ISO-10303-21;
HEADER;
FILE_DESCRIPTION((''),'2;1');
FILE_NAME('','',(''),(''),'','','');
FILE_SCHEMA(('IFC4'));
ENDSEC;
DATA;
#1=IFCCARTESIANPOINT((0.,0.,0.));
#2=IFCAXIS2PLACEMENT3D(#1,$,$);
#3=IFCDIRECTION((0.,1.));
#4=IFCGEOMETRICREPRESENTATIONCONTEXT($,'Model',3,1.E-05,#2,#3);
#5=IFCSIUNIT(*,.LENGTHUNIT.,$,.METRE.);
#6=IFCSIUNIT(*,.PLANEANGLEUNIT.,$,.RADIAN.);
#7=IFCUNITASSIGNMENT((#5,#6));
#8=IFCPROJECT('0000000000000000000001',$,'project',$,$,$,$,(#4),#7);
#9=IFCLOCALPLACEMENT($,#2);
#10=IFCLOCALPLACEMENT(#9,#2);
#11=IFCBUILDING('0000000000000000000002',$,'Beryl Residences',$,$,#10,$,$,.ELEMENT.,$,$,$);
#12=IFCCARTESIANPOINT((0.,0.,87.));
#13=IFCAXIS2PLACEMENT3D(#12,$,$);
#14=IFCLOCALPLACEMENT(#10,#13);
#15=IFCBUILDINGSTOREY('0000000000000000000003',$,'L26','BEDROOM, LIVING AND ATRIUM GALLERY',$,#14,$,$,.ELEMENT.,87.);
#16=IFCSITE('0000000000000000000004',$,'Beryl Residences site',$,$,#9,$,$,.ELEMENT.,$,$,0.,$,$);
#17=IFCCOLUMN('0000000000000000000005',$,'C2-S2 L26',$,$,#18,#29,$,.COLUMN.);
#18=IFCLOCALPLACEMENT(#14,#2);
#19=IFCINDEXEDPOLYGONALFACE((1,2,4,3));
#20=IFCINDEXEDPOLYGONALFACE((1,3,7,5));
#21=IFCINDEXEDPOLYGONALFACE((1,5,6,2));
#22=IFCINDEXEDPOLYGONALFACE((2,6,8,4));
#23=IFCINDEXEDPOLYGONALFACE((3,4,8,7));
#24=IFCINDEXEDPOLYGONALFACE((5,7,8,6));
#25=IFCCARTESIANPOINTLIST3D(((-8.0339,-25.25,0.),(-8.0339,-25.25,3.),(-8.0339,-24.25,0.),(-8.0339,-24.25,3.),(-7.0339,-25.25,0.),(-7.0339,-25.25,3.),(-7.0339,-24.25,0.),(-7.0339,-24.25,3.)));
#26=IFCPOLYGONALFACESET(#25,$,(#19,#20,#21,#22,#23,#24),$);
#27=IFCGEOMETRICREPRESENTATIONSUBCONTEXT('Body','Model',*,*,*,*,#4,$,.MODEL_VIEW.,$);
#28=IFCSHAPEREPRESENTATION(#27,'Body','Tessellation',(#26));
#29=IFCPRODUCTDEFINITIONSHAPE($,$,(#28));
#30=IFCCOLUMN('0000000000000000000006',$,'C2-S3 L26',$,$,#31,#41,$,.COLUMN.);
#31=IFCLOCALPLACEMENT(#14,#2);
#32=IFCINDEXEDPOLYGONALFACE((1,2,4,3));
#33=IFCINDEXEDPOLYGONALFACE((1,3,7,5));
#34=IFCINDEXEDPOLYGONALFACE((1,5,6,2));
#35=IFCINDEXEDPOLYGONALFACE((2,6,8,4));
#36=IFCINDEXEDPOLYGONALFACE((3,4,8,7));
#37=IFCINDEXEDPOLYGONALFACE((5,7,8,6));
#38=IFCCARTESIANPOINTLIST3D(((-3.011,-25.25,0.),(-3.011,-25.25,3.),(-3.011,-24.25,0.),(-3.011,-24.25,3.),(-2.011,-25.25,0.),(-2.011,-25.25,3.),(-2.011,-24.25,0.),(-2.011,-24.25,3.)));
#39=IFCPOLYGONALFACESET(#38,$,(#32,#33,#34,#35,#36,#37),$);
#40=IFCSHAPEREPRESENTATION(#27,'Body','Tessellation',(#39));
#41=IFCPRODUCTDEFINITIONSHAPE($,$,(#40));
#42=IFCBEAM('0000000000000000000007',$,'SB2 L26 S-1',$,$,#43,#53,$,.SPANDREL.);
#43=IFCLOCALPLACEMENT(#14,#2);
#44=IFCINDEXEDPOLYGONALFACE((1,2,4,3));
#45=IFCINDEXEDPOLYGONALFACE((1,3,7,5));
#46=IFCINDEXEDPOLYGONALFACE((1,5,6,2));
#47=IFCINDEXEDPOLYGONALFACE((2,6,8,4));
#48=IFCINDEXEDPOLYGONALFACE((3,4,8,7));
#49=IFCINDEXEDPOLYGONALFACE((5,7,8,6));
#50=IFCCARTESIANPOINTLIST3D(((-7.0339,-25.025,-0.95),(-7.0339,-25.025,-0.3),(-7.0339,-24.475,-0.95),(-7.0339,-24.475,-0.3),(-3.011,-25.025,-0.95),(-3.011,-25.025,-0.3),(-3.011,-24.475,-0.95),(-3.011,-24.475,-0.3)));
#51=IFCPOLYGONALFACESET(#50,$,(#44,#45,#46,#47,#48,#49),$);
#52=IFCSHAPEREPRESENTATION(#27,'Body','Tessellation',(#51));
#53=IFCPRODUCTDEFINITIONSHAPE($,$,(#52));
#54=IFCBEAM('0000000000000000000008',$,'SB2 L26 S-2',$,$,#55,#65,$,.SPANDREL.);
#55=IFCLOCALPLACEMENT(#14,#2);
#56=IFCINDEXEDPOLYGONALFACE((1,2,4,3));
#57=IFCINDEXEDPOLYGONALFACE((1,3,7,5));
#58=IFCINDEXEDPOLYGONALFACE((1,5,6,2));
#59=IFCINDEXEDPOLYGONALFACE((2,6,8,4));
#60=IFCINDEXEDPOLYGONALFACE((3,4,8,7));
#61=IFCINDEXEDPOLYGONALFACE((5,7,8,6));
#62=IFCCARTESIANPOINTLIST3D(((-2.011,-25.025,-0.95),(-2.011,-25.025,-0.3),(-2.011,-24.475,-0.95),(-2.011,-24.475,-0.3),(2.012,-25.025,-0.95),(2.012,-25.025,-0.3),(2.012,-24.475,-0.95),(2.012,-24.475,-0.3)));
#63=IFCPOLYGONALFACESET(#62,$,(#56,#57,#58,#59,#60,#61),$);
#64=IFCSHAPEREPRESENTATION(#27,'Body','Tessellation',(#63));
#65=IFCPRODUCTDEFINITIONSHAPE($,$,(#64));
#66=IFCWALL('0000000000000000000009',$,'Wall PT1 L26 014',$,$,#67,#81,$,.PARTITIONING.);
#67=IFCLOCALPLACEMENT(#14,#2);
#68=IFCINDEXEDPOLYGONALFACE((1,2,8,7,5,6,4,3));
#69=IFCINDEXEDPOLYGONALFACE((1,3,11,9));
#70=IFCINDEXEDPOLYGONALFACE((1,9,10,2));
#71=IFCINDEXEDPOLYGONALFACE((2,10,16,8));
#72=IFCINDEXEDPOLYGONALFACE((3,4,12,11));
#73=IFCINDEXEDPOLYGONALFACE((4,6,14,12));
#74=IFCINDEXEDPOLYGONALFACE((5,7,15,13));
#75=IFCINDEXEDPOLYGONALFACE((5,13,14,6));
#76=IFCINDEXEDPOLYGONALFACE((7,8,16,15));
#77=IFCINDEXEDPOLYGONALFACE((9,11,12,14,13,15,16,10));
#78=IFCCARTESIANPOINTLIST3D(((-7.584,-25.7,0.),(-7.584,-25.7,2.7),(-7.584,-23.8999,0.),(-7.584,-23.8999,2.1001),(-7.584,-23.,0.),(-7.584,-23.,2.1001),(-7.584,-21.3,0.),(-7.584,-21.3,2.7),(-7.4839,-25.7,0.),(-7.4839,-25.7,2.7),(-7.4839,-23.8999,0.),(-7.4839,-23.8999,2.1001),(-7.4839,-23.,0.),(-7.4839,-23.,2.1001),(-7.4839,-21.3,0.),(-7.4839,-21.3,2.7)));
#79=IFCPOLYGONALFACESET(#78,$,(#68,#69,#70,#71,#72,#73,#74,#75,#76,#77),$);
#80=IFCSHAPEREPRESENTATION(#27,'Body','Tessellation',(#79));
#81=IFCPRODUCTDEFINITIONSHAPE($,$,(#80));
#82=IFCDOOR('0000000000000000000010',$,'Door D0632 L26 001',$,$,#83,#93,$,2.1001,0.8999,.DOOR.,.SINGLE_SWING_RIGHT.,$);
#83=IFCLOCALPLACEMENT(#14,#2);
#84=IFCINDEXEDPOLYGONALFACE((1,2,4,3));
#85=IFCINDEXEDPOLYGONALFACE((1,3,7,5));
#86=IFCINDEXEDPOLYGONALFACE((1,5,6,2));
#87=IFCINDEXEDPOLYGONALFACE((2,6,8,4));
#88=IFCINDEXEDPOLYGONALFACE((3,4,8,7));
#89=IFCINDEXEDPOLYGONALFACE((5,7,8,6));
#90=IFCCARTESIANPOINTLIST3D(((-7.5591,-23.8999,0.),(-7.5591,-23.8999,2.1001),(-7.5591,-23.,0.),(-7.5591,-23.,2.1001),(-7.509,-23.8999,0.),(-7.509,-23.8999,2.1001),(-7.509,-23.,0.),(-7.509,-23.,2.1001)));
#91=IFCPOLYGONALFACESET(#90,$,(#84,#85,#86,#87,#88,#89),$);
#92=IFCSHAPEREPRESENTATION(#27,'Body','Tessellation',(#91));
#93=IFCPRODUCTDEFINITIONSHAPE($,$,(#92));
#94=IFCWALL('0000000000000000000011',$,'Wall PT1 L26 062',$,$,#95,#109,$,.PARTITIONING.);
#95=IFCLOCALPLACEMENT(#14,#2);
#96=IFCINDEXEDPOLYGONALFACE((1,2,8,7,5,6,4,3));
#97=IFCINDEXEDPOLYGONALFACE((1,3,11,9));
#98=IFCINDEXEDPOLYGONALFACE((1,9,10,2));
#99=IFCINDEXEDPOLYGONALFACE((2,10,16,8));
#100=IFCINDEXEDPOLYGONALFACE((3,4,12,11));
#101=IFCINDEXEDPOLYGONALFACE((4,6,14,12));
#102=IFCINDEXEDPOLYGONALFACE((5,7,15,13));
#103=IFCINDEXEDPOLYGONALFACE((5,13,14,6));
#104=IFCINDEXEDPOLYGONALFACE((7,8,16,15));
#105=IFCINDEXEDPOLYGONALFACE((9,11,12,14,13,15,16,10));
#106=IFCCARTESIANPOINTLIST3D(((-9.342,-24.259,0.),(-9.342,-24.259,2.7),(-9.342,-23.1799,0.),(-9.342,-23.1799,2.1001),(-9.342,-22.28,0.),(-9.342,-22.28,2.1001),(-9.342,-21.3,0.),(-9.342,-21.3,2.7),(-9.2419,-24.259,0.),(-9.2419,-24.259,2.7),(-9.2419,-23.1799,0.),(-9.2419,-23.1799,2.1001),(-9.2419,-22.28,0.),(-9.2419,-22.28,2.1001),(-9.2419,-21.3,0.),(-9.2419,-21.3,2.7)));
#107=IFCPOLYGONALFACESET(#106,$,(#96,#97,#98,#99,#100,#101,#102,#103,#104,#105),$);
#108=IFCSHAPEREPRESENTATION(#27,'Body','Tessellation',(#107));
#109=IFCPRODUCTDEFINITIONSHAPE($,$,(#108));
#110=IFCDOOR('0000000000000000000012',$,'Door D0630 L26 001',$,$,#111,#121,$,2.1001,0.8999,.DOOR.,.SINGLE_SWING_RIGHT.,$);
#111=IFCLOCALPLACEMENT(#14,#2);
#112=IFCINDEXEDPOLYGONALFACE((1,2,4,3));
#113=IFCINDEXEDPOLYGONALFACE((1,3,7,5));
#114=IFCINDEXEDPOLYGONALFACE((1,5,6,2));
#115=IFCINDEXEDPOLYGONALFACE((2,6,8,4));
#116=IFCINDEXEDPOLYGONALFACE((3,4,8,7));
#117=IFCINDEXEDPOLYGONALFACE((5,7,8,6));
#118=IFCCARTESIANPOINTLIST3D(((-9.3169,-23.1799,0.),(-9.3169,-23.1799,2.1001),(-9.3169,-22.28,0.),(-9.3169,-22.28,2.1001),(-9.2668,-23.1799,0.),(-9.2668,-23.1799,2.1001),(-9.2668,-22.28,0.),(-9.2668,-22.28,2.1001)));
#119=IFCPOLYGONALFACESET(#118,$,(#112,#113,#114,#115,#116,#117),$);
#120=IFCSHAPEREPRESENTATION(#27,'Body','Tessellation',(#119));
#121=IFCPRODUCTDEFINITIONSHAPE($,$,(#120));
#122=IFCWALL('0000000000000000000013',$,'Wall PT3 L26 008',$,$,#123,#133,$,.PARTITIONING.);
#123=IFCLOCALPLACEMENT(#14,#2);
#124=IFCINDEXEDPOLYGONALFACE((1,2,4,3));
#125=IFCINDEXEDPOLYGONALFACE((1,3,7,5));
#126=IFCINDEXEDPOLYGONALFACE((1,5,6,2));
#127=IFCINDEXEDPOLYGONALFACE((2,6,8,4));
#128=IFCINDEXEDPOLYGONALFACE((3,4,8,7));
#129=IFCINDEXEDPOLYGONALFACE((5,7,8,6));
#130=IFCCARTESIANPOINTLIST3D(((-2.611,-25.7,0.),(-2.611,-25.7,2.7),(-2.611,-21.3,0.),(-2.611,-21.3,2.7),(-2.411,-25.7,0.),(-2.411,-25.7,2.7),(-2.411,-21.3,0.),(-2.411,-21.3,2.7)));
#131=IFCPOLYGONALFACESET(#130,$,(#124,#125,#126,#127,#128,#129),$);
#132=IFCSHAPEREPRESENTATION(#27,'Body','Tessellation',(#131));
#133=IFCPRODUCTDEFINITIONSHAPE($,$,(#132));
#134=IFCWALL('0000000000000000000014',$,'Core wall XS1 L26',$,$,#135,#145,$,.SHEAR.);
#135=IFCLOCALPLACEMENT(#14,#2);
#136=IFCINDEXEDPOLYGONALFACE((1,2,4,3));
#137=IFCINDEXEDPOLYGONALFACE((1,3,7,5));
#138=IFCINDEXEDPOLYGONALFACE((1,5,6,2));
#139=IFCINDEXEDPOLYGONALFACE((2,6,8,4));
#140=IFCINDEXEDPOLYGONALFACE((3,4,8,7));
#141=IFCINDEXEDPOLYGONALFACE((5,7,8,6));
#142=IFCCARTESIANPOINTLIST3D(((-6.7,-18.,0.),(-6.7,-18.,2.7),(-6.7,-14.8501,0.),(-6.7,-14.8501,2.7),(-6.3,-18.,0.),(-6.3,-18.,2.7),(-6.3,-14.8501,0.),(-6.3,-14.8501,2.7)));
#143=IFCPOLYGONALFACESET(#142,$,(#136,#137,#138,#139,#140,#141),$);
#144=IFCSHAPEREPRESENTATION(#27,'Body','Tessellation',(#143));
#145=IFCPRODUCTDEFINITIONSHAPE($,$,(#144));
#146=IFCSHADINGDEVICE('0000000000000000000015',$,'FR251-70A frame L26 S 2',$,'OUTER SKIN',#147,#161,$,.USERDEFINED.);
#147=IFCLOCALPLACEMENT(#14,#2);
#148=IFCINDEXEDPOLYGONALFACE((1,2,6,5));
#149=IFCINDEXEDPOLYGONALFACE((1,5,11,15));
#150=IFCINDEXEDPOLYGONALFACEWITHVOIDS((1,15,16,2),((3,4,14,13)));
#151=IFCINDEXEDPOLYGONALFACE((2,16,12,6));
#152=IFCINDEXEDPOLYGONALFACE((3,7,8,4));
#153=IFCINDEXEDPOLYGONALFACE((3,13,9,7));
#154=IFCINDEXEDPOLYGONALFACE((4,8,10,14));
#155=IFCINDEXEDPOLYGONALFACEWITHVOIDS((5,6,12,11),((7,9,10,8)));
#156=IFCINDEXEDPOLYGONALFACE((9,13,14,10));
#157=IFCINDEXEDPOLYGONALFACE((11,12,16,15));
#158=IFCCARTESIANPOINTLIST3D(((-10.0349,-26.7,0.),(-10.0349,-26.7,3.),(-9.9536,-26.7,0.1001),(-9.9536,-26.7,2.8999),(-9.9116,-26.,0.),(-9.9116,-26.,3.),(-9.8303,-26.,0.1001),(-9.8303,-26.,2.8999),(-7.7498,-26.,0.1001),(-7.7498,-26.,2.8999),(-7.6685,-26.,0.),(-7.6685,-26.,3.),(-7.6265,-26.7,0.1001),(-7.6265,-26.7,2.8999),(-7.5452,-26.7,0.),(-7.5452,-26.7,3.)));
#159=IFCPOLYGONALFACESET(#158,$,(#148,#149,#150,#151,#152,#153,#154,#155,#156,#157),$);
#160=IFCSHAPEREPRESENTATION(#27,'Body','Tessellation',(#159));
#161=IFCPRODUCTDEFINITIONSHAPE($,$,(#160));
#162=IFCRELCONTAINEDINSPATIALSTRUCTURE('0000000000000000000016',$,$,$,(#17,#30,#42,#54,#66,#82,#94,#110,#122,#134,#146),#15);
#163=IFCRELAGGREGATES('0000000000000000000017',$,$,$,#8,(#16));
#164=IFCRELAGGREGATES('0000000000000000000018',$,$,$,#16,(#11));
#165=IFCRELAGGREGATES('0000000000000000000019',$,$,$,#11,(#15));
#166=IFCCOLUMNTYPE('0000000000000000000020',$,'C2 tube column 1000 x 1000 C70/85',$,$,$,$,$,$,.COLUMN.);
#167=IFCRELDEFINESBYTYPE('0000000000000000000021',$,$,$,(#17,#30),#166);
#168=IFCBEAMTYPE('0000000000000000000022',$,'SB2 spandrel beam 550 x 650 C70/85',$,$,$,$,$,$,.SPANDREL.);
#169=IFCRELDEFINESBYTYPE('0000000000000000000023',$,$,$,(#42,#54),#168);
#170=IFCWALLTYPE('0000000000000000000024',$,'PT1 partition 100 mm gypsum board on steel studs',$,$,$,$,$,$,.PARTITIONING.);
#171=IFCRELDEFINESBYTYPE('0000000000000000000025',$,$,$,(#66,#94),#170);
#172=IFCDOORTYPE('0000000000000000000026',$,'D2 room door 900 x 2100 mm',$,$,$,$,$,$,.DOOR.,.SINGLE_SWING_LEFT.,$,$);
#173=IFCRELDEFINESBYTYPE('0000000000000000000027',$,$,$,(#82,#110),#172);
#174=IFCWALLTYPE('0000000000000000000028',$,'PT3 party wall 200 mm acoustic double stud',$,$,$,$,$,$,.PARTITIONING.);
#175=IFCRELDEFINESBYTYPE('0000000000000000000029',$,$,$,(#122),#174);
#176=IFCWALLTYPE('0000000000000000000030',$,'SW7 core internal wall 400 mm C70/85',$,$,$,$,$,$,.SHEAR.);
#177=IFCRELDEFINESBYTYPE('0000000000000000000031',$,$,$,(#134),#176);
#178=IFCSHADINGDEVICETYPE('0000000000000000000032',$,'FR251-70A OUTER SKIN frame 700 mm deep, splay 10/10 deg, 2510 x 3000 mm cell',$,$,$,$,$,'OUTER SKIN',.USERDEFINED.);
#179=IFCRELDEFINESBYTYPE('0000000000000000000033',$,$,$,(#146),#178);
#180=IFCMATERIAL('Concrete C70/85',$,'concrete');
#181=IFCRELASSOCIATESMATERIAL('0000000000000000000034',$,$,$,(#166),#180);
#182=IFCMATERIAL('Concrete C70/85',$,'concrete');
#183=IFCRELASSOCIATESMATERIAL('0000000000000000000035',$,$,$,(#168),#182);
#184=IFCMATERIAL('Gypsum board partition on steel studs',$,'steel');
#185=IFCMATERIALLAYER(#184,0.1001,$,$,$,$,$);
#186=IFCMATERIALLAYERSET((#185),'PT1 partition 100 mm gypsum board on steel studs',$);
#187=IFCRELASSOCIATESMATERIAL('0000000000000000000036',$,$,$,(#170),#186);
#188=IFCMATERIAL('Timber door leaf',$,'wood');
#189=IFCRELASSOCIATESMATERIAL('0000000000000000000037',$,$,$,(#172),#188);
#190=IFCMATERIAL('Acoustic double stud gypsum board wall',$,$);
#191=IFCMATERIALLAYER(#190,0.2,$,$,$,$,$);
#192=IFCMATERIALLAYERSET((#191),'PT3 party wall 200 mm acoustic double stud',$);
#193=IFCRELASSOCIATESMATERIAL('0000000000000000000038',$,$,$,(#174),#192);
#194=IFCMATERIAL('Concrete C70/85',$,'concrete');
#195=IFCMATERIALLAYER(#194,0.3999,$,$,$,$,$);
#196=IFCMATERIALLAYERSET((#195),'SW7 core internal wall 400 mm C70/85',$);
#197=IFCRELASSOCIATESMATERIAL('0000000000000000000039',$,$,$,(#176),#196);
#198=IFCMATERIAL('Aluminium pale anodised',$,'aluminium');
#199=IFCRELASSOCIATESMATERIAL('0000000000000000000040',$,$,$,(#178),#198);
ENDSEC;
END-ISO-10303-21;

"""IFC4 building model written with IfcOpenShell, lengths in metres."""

from ifc_helpers import new_model, entity, si_unit, direction, frame, frame_2d, origin, origin_2d, place, context, subcontext, project, spatial, rectangle, extrude, source, transform, mapped, material, layer, layer_set, material_profile, profile_set, type_object, type_shapes, element, fill, save


model = new_model("IFC4")

# Units and contexts
model_context = context("Model", 3, precision=1e-05, world=origin(), true_north=direction((0.0, 1.0)))
body_context = subcontext(model_context, "Body", "Model", "MODEL_VIEW")
ifc_project = project(units=[si_unit("LENGTHUNIT", "METRE"), si_unit("PLANEANGLEUNIT", "RADIAN")], contexts=[model_context])

# Site, building, storey
site_placement = place(None, origin())
site = spatial("IfcSite", under=ifc_project, at=site_placement, Name="Beryl Residences site", CompositionType="ELEMENT", RefElevation=0.0)
building_placement = place(site_placement, origin())
building = spatial("IfcBuilding", under=site, at=building_placement, Name="Beryl Residences", CompositionType="ELEMENT")
storey_placement = place(building_placement, frame((0.0, 0.0, 87.0)))
storey = spatial("IfcBuildingStorey", under=building, at=storey_placement, Name="L26", Description="BEDROOM, LIVING AND ATRIUM GALLERY", CompositionType="ELEMENT", Elevation=87.0)

# Columns
ifc_material_1 = material(Name="Concrete C70/85", Category="concrete")
ifc_material_profile_1 = material_profile(ifc_material_1, rectangle(XDim=1.0, YDim=1.0, at=origin_2d()))
ifc_profile_set_1 = profile_set([ifc_material_profile_1], Name="Concrete C70/85")
column_type = type_object("IfcColumnType", Name="C2 tube column 1000 x 1000 C70/85", PredefinedType="COLUMN", material=ifc_profile_set_1)
for number, where, z_axis, x_axis, name in (
    (1, (-7.5339, -24.75, 0.0), (0.0, 0.0, 1.0), (1.0, 0.0, 0.0), "C2-S2 L26"),
    (2, (-2.511, -24.75, 0.0), (0.0, 0.0, 1.0), (1.0, 0.0, 0.0), "C2-S3 L26"),
):
    element("IfcColumn", number, at=place(storey_placement, frame(where, z_axis=z_axis, x_axis=x_axis)), inside=storey, type_object=column_type, Name=name, PredefinedType="COLUMN", context=body_context, shape_type="SweptSolid", body=[
        extrude(rectangle(XDim=1.0, YDim=1.0, at=origin_2d()), origin(), (0.0, 0.0, 1.0), 3.0),
    ])

# Beams
ifc_material_2 = material(Name="Concrete C70/85", Category="concrete")
ifc_material_profile_2 = material_profile(ifc_material_2, rectangle(XDim=0.55, YDim=0.6499, at=origin_2d()))
ifc_profile_set_2 = profile_set([ifc_material_profile_2], Name="Concrete C70/85")
beam_type = type_object("IfcBeamType", Name="SB2 spandrel beam 550 x 650 C70/85", PredefinedType="SPANDREL", material=ifc_profile_set_2)
for number, where, z_axis, x_axis, name in (
    (3, (-7.0339, -24.75, -0.625), (1.0, 0.0, 0.0), (0.0, 1.0, 0.0), "SB2 L26 S-1"),
    (4, (-2.011, -24.75, -0.625), (1.0, 0.0, 0.0), (0.0, 1.0, 0.0), "SB2 L26 S-2"),
):
    element("IfcBeam", number, at=place(storey_placement, frame(where, z_axis=z_axis, x_axis=x_axis)), inside=storey, type_object=beam_type, Name=name, PredefinedType="SPANDREL", context=body_context, shape_type="SweptSolid", body=[
        extrude(rectangle(XDim=0.55, YDim=0.6499, at=origin_2d()), origin(), (0.0, 0.0, 1.0), 4.0229),
    ])

# Walls, openings, doors
ifc_material_3 = material(Name="Gypsum board partition on steel studs", Category="steel")
ifc_layer_1 = layer(ifc_material_3, 0.1001)
ifc_layer_set_1 = layer_set([ifc_layer_1], Name="PT1 partition 100 mm gypsum board on steel studs")
wall_type_1 = type_object("IfcWallType", Name="PT1 partition 100 mm gypsum board on steel studs", PredefinedType="PARTITIONING", material=ifc_layer_set_1)
wall_1_placement = place(storey_placement, frame((-7.5339, -21.3, 0.0), z_axis=(0.0, 0.0, 1.0), x_axis=(0.0, -1.0, 0.0)))
wall_1 = element("IfcWall", 5, at=wall_1_placement, inside=storey, type_object=wall_type_1, Name="Wall PT1 L26 014", PredefinedType="PARTITIONING", context=body_context, shape_type="SweptSolid", body=[
    extrude(rectangle(XDim=4.3999, YDim=0.1001, at=frame_2d((2.2, 0.0))), origin(), (0.0, 0.0, 1.0), 2.7),
])
opening_1_placement = place(wall_1_placement, frame((1.7, 0.0, 0.0)))
opening_1 = element("IfcOpeningElement", 6, at=opening_1_placement, cuts=wall_1, PredefinedType="OPENING", context=body_context, shape_type="SweptSolid", body=[
    extrude(rectangle(XDim=0.8999, YDim=2.1001, at=frame_2d((0.45, 1.05))), frame((0.0, 0.0601, 0.0), z_axis=(0.0, -1.0, 0.0), x_axis=(1.0, 0.0, 0.0)), (0.0, 0.0, 1.0), 0.1201),
])
ifc_material_4 = material(Name="Timber door leaf", Category="wood")
door_type = type_object("IfcDoorType", Name="D2 room door 900 x 2100 mm", OperationType="SINGLE_SWING_LEFT", PredefinedType="DOOR", material=ifc_material_4)
door_1_placement = place(opening_1_placement, origin())
door_1 = element("IfcDoor", 7, at=door_1_placement, inside=storey, type_object=door_type, Name="Door D0632 L26 001", OperationType="SINGLE_SWING_RIGHT", OverallHeight=2.1001, OverallWidth=0.8999, PredefinedType="DOOR", context=body_context, shape_type="SweptSolid", body=[
    extrude(rectangle(XDim=0.8999, YDim=2.1001, at=frame_2d((0.45, 1.05))), frame((0.0, 0.0249, 0.0), z_axis=(0.0, -1.0, 0.0), x_axis=(1.0, 0.0, 0.0)), (0.0, 0.0, 1.0), 0.05),
])
fill(opening_1, door_1)
wall_2_placement = place(storey_placement, frame((-9.292, -24.259, 0.0), z_axis=(0.0, 0.0, 1.0), x_axis=(0.0, 1.0, 0.0)))
wall_2 = element("IfcWall", 8, at=wall_2_placement, inside=storey, type_object=wall_type_1, Name="Wall PT1 L26 062", PredefinedType="PARTITIONING", context=body_context, shape_type="SweptSolid", body=[
    extrude(rectangle(XDim=2.959, YDim=0.1001, at=frame_2d((1.4795, 0.0))), origin(), (0.0, 0.0, 1.0), 2.7),
])
opening_2_placement = place(wall_2_placement, frame((1.0791, 0.0, 0.0)))
opening_2 = element("IfcOpeningElement", 9, at=opening_2_placement, cuts=wall_2, PredefinedType="OPENING", context=body_context, shape_type="SweptSolid", body=[
    extrude(rectangle(XDim=0.8999, YDim=2.1001, at=frame_2d((0.45, 1.05))), frame((0.0, 0.0601, 0.0), z_axis=(0.0, -1.0, 0.0), x_axis=(1.0, 0.0, 0.0)), (0.0, 0.0, 1.0), 0.1201),
])
door_2_placement = place(opening_2_placement, origin())
door_2 = element("IfcDoor", 10, at=door_2_placement, inside=storey, type_object=door_type, Name="Door D0630 L26 001", OperationType="SINGLE_SWING_RIGHT", OverallHeight=2.1001, OverallWidth=0.8999, PredefinedType="DOOR", context=body_context, shape_type="SweptSolid", body=[
    extrude(rectangle(XDim=0.8999, YDim=2.1001, at=frame_2d((0.45, 1.05))), frame((0.0, 0.0249, 0.0), z_axis=(0.0, -1.0, 0.0), x_axis=(1.0, 0.0, 0.0)), (0.0, 0.0, 1.0), 0.05),
])
fill(opening_2, door_2)

# Walls
ifc_material_5 = material(Name="Acoustic double stud gypsum board wall")
ifc_layer_2 = layer(ifc_material_5, 0.2)
ifc_layer_set_2 = layer_set([ifc_layer_2], Name="PT3 party wall 200 mm acoustic double stud")
wall_type_2 = type_object("IfcWallType", Name="PT3 party wall 200 mm acoustic double stud", PredefinedType="PARTITIONING", material=ifc_layer_set_2)
wall_3_placement = place(storey_placement, frame((-2.511, -25.7, 0.0), z_axis=(0.0, 0.0, 1.0), x_axis=(0.0, 1.0, 0.0)))
element("IfcWall", 11, at=wall_3_placement, inside=storey, type_object=wall_type_2, Name="Wall PT3 L26 008", PredefinedType="PARTITIONING", context=body_context, shape_type="SweptSolid", body=[
    extrude(rectangle(XDim=4.3999, YDim=0.2, at=frame_2d((2.2, 0.0))), origin(), (0.0, 0.0, 1.0), 2.7),
])
ifc_material_6 = material(Name="Concrete C70/85", Category="concrete")
ifc_layer_3 = layer(ifc_material_6, 0.3999)
ifc_layer_set_3 = layer_set([ifc_layer_3], Name="SW7 core internal wall 400 mm C70/85")
wall_type_3 = type_object("IfcWallType", Name="SW7 core internal wall 400 mm C70/85", PredefinedType="SHEAR", material=ifc_layer_set_3)
wall_4_placement = place(storey_placement, frame((-6.5, -18.0, 0.0), z_axis=(0.0, 0.0, 1.0), x_axis=(0.0, 1.0, 0.0)))
element("IfcWall", 12, at=wall_4_placement, inside=storey, type_object=wall_type_3, Name="Core wall XS1 L26", PredefinedType="SHEAR", context=body_context, shape_type="SweptSolid", body=[
    extrude(rectangle(XDim=3.1499, YDim=0.3999, at=frame_2d((1.575, 0.0))), origin(), (0.0, 0.0, 1.0), 2.7),
])

# Shading device
ifc_material_7 = material(Name="Aluminium pale anodised", Category="aluminium")
shading_device_type = type_object("IfcShadingDeviceType", Name="FR251-70A OUTER SKIN frame 700 mm deep, splay 10/10 deg, 2510 x 3000 mm cell", ElementType="OUTER SKIN", PredefinedType="USERDEFINED", material=ifc_material_7)
cartesian_point_1 = entity("IfcCartesianPoint", [-1.1216, 0.0])
cartesian_point_2 = entity("IfcCartesianPoint", [-1.0403, 0.1001])
cartesian_point_3 = entity("IfcCartesianPoint", [-1.2449, 0.0])
cartesian_point_4 = entity("IfcCartesianPoint", [-1.1636, 0.1001])
shared_shape = source(origin(), body_context, "Body", "SweptSolid", [
    entity("IfcExtrudedAreaSolidTapered", entity("IfcArbitraryProfileDefWithVoids", "AREA", None, entity("IfcPolyline", [cartesian_point_1, entity("IfcCartesianPoint", [1.1216, 0.0]), entity("IfcCartesianPoint", [1.1216, 3.0]), entity("IfcCartesianPoint", [-1.1216, 3.0]), cartesian_point_1]), [entity("IfcPolyline", [cartesian_point_2, entity("IfcCartesianPoint", [1.0403, 0.1001]), entity("IfcCartesianPoint", [1.0403, 2.8999]), entity("IfcCartesianPoint", [-1.0403, 2.8999]), cartesian_point_2])]), entity("IfcAxis2Placement3D", entity("IfcCartesianPoint", [0.0, 0.0, 0.0]), entity("IfcDirection", [0.0, 1.0, 0.0]), entity("IfcDirection", [-1.0, 0.0, 0.0])), entity("IfcDirection", [0.0, 0.0, 1.0]), 0.7, entity("IfcArbitraryProfileDefWithVoids", "AREA", None, entity("IfcPolyline", [cartesian_point_3, entity("IfcCartesianPoint", [1.2449, 0.0]), entity("IfcCartesianPoint", [1.2449, 3.0]), entity("IfcCartesianPoint", [-1.2449, 3.0]), cartesian_point_3]), [entity("IfcPolyline", [cartesian_point_4, entity("IfcCartesianPoint", [1.1636, 0.1001]), entity("IfcCartesianPoint", [1.1636, 2.8999]), entity("IfcCartesianPoint", [-1.1636, 2.8999]), cartesian_point_4])])),
])
type_shapes(shading_device_type, [shared_shape])
for number, where, z_axis, x_axis, name in (
    (13, (-8.79, -26.0, 0.0), (0.0, 0.0, 1.0), (-1.0, 0.0, 0.0), "FR251-70A frame L26 S 2"),
):
    element("IfcShadingDevice", number, at=place(storey_placement, frame(where, z_axis=z_axis, x_axis=x_axis)), inside=storey, type_object=shading_device_type, Name=name, ObjectType="OUTER SKIN", PredefinedType="USERDEFINED", context=body_context, shape_type="MappedRepresentation", body=[
        mapped(shared_shape, transform((0.0, 0.0, 0.0))),
    ])

save(model, "model.ifc")
